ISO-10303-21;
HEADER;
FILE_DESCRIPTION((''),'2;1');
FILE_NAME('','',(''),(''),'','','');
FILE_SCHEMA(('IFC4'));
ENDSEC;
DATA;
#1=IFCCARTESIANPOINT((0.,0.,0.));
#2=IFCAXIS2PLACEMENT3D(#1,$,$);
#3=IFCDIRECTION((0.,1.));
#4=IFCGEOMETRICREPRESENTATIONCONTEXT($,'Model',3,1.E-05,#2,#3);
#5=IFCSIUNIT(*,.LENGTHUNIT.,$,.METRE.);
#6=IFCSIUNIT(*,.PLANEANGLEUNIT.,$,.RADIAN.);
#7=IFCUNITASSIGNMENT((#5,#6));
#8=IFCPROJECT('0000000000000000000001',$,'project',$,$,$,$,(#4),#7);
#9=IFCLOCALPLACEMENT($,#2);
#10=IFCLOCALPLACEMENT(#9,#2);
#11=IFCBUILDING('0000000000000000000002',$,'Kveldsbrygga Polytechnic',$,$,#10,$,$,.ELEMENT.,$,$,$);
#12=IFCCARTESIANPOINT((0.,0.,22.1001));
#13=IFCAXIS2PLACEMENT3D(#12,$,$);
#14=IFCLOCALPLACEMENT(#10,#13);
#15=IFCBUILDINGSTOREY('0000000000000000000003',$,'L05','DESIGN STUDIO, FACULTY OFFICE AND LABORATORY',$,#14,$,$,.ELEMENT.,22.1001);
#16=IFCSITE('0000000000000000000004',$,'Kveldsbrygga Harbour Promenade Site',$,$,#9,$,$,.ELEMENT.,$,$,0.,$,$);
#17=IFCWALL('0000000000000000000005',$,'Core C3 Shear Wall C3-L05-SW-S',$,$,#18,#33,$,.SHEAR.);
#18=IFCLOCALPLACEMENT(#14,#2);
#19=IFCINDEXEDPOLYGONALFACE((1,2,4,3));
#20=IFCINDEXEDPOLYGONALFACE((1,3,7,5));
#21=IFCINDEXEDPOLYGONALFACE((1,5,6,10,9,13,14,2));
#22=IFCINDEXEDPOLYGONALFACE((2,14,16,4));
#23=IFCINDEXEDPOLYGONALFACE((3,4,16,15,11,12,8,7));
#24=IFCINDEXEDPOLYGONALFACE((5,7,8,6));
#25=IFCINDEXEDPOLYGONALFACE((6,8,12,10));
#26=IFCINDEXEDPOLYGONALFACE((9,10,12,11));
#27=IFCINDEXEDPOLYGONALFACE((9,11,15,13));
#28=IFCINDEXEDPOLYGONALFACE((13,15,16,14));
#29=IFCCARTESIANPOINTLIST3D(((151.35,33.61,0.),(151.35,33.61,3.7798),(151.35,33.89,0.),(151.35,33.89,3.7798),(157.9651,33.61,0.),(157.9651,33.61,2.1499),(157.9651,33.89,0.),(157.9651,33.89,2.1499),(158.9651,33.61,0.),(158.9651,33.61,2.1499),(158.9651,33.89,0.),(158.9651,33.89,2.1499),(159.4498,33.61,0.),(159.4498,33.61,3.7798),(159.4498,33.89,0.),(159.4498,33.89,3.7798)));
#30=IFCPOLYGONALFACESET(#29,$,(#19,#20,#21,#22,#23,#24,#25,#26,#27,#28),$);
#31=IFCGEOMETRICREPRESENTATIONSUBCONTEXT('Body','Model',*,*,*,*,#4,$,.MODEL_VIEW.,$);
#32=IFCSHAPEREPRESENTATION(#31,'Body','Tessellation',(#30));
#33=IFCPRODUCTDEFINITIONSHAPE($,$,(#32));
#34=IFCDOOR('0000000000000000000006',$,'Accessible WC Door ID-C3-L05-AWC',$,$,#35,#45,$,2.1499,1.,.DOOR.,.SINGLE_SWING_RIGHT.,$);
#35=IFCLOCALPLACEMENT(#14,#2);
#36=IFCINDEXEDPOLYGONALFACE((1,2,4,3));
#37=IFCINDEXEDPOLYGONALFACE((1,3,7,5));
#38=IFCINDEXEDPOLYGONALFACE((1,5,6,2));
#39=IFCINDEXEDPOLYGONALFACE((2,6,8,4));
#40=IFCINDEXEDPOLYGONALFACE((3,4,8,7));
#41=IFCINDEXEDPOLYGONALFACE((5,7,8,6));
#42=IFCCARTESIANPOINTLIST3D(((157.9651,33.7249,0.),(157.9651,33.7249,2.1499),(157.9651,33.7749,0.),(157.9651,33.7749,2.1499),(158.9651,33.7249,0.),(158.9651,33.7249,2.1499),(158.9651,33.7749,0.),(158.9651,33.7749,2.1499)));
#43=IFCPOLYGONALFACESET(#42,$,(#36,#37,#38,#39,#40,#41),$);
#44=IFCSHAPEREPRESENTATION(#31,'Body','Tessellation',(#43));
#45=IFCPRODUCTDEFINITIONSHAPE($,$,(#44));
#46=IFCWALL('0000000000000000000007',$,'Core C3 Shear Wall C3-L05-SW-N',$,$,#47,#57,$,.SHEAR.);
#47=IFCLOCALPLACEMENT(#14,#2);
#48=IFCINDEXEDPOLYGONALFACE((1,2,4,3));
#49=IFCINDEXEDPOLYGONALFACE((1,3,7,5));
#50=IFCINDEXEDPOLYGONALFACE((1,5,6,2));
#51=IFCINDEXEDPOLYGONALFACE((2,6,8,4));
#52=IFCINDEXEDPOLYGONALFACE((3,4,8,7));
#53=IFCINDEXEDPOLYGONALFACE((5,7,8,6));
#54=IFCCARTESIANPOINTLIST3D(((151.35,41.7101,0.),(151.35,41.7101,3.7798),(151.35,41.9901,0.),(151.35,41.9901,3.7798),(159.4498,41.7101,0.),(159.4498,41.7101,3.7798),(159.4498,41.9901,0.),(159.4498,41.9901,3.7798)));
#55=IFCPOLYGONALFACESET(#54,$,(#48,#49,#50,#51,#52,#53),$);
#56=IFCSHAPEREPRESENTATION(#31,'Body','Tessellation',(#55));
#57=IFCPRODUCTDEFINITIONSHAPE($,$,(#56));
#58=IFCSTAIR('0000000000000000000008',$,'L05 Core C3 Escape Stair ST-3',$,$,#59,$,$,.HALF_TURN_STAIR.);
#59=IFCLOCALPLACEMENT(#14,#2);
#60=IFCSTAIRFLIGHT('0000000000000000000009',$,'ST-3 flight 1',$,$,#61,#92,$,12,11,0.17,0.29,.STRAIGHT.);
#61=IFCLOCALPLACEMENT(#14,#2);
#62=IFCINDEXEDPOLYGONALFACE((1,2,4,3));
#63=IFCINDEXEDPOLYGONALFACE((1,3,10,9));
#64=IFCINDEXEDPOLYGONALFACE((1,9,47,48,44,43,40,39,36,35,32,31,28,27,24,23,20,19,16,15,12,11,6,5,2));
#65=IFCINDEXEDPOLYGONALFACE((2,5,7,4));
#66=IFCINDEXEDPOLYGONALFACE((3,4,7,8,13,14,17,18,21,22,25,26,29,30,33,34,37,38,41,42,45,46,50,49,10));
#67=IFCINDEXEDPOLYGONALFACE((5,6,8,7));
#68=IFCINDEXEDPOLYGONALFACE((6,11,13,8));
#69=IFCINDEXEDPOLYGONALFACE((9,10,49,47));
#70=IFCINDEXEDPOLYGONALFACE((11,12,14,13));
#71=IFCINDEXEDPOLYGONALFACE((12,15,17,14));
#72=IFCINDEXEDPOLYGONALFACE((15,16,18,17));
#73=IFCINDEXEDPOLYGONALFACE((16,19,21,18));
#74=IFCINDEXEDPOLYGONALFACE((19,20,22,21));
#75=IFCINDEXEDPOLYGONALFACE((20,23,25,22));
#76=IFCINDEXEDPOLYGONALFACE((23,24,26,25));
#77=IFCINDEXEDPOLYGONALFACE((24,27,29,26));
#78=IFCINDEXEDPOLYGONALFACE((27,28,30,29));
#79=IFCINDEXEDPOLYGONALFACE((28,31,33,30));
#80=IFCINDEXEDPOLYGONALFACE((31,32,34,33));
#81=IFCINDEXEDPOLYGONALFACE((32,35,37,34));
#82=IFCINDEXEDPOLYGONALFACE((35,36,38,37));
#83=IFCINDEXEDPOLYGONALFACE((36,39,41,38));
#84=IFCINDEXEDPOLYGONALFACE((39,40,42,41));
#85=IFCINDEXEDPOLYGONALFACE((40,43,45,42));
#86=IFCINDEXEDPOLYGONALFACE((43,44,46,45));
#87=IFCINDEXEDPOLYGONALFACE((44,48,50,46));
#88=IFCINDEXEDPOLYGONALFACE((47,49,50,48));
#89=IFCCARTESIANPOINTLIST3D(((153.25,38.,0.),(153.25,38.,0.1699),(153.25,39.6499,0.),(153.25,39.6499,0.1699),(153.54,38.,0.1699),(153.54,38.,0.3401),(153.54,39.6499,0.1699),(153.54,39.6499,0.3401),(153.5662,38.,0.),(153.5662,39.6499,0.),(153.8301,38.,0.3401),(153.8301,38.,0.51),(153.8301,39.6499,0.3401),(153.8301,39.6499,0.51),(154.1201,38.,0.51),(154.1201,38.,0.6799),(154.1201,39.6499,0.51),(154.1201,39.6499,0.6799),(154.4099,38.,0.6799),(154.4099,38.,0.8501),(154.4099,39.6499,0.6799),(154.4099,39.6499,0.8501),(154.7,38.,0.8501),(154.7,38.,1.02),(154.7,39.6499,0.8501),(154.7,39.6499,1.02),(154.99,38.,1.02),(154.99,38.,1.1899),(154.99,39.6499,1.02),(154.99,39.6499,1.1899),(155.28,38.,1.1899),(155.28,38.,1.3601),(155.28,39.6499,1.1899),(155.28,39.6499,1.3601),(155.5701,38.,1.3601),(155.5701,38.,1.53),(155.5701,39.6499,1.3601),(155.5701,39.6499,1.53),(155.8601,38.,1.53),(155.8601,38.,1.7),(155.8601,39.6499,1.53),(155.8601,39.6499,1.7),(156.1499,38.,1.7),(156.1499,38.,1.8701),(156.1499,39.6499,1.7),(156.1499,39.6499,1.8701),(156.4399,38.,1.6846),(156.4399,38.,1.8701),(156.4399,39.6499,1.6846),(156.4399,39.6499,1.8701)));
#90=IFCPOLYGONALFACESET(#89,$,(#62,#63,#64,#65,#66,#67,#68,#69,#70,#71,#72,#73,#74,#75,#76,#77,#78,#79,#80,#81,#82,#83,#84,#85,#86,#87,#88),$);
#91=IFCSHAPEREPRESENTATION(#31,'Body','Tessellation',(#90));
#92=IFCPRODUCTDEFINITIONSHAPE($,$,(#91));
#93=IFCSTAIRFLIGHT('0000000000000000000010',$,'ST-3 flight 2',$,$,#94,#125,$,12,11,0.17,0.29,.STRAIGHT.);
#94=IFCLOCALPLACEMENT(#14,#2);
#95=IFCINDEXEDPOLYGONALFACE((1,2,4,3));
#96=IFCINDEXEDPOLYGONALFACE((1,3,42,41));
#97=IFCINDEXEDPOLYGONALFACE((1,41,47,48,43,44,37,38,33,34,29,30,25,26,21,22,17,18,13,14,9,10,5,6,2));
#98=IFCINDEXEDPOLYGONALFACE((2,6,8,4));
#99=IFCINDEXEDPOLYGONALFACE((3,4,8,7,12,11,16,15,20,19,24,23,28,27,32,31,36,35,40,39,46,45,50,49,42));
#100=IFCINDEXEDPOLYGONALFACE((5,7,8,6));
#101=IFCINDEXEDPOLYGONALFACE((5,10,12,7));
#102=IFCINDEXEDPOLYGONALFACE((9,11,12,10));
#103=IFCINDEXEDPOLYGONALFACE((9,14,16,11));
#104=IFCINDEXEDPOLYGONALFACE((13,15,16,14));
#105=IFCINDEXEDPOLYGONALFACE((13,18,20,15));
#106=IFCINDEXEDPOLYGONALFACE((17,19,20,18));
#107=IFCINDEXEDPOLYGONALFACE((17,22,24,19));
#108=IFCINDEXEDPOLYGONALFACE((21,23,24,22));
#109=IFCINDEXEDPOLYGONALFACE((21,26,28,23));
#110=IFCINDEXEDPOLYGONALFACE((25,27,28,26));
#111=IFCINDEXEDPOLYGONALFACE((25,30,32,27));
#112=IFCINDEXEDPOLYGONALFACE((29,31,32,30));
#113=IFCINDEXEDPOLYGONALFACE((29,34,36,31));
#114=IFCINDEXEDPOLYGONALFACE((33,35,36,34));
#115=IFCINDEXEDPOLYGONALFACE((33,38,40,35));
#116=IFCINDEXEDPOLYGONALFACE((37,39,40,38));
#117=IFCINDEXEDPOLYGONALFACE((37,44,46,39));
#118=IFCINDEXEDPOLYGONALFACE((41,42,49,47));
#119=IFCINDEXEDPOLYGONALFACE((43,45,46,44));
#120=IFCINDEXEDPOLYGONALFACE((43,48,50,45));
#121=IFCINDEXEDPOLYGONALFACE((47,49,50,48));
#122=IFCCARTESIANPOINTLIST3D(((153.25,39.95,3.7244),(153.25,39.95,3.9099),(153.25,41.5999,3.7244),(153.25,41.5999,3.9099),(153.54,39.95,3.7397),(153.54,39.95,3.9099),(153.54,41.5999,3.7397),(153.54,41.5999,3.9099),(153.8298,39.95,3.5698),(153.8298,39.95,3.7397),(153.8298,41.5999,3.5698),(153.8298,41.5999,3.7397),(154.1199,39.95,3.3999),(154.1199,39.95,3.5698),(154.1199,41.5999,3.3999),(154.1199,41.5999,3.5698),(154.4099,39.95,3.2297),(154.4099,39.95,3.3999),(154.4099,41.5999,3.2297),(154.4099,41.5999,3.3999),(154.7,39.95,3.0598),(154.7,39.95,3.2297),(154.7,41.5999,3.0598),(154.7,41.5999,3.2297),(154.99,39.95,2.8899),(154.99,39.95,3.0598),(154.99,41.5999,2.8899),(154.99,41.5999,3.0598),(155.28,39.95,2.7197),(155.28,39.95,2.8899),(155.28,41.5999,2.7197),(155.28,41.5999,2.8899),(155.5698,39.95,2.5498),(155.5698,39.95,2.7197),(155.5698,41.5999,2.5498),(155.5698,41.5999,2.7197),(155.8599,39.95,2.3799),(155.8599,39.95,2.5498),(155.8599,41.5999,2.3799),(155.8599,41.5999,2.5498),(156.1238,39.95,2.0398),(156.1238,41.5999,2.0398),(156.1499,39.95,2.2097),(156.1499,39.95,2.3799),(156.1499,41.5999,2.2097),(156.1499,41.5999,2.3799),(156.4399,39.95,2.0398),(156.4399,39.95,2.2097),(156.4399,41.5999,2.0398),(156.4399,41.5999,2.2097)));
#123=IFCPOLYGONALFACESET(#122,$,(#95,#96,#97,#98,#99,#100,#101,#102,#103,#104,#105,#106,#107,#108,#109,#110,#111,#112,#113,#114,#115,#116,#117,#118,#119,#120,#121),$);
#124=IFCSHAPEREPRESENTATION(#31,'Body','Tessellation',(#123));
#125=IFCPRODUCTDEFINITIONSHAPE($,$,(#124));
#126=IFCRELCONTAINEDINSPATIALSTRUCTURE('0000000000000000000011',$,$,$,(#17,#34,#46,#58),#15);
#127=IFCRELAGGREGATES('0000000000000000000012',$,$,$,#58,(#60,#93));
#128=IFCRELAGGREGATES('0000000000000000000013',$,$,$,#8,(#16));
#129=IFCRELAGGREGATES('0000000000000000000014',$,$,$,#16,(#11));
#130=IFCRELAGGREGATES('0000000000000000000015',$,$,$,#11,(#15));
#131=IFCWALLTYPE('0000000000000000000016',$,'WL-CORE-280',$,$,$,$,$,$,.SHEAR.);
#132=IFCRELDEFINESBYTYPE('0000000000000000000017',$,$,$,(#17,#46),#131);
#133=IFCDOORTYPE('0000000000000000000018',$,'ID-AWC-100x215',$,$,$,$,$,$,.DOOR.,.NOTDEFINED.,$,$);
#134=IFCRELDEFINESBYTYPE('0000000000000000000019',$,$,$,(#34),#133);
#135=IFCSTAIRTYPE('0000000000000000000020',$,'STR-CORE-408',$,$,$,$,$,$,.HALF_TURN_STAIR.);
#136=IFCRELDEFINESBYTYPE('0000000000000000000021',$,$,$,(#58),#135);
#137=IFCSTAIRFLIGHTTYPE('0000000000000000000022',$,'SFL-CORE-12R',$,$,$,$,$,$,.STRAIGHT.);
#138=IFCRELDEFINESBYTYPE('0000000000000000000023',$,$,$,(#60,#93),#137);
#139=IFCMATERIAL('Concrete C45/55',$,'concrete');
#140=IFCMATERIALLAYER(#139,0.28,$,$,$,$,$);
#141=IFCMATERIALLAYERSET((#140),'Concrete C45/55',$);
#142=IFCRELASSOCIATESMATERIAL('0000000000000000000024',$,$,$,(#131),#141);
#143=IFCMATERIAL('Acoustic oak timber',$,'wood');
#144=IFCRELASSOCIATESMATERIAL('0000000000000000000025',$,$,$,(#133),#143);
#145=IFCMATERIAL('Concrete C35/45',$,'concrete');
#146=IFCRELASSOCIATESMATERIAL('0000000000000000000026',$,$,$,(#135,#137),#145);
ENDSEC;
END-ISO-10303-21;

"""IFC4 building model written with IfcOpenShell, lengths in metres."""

from ifc_helpers import new_model, si_unit, direction, frame, frame_2d, origin, place, context, subcontext, project, spatial, polyline, rectangle, outline, extrude, material, layer, layer_set, type_object, element, fill, aggregate, save


model = new_model("IFC4")

# Units and contexts
model_context = context("Model", 3, precision=1e-05, world=origin(), true_north=direction((0.0, 1.0)))
body_context = subcontext(model_context, "Body", "Model", "MODEL_VIEW")
ifc_project = project(units=[si_unit("LENGTHUNIT", "METRE"), si_unit("PLANEANGLEUNIT", "RADIAN")], contexts=[model_context])

# Site, building, storey
site_placement = place(None, origin())
site = spatial("IfcSite", under=ifc_project, at=site_placement, Name="Kveldsbrygga Harbour Promenade Site", CompositionType="ELEMENT", RefElevation=0.0)
building_placement = place(site_placement, origin())
building = spatial("IfcBuilding", under=site, at=building_placement, Name="Kveldsbrygga Polytechnic", CompositionType="ELEMENT")
storey_placement = place(building_placement, frame((0.0, 0.0, 22.1001)))
storey = spatial("IfcBuildingStorey", under=building, at=storey_placement, Name="L05", Description="DESIGN STUDIO, FACULTY OFFICE AND LABORATORY", CompositionType="ELEMENT", Elevation=22.1001)

# Shared definitions
ifc_material_1 = material(Name="Concrete C45/55", Category="concrete")

# Shared definitions
ifc_material_2 = material(Name="Concrete C35/45", Category="concrete")

# Wall, opening, door
ifc_layer_1 = layer(ifc_material_1, 0.28)
ifc_layer_set_1 = layer_set([ifc_layer_1], Name="Concrete C45/55")
wall_type_1 = type_object("IfcWallType", Name="WL-CORE-280", PredefinedType="SHEAR", material=ifc_layer_set_1)
wall_1_placement = place(storey_placement, frame((151.3501, 33.75, 0.0), z_axis=(0.0, 0.0, 1.0), x_axis=(1.0, 0.0, 0.0)))
wall_1 = element("IfcWall", 1, at=wall_1_placement, inside=storey, type_object=wall_type_1, Name="Core C3 Shear Wall C3-L05-SW-S", PredefinedType="SHEAR", context=body_context, shape_type="SweptSolid", body=[
    extrude(rectangle(XDim=8.0999, YDim=0.28, at=frame_2d((4.0498, 0.0))), origin(), (0.0, 0.0, 1.0), 3.7798),
])
opening_1_placement = place(wall_1_placement, frame((6.615, 0.0, 0.0)))
opening_1 = element("IfcOpeningElement", 2, at=opening_1_placement, cuts=wall_1, PredefinedType="OPENING", context=body_context, shape_type="SweptSolid", body=[
    extrude(rectangle(XDim=1.0, YDim=2.1499, at=frame_2d((0.5, 1.075))), frame((0.0, 0.1499, 0.0), z_axis=(0.0, -1.0, 0.0), x_axis=(1.0, 0.0, 0.0)), (0.0, 0.0, 1.0), 0.3),
])
ifc_material_3 = material(Name="Acoustic oak timber", Category="wood")
door_type_1 = type_object("IfcDoorType", Name="ID-AWC-100x215", OperationType="NOTDEFINED", PredefinedType="DOOR", material=ifc_material_3)
door_1_placement = place(opening_1_placement, origin())
door_1 = element("IfcDoor", 3, at=door_1_placement, inside=storey, type_object=door_type_1, Name="Accessible WC Door ID-C3-L05-AWC", OperationType="SINGLE_SWING_RIGHT", OverallHeight=2.1499, OverallWidth=1.0, PredefinedType="DOOR", context=body_context, shape_type="SweptSolid", body=[
    extrude(rectangle(XDim=1.0, YDim=2.1499, at=frame_2d((0.5, 1.075))), frame((0.0, 0.0249, 0.0), z_axis=(0.0, -1.0, 0.0), x_axis=(1.0, 0.0, 0.0)), (0.0, 0.0, 1.0), 0.05),
])
fill(opening_1, door_1)

# Wall
wall_2_placement = place(storey_placement, frame((151.3501, 41.8501, 0.0), z_axis=(0.0, 0.0, 1.0), x_axis=(1.0, 0.0, 0.0)))
element("IfcWall", 4, at=wall_2_placement, inside=storey, type_object=wall_type_1, Name="Core C3 Shear Wall C3-L05-SW-N", PredefinedType="SHEAR", context=body_context, shape_type="SweptSolid", body=[
    extrude(rectangle(XDim=8.0999, YDim=0.28, at=frame_2d((4.0498, 0.0))), origin(), (0.0, 0.0, 1.0), 3.7798),
])

# Stair, stair flights
stair_type = type_object("IfcStairType", Name="STR-CORE-408", PredefinedType="HALF_TURN_STAIR", material=ifc_material_2)
stair_placement = place(storey_placement, origin())
stair = element("IfcStair", 5, at=stair_placement, inside=storey, type_object=stair_type, Name="L05 Core C3 Escape Stair ST-3", PredefinedType="HALF_TURN_STAIR")
stair_flight_type = type_object("IfcStairFlightType", Name="SFL-CORE-12R", PredefinedType="STRAIGHT", material=ifc_material_2)
stair_flight_1_placement = place(storey_placement, frame((153.25, 38.825, 0.0), z_axis=(0.0, 0.0, 1.0), x_axis=(1.0, 0.0, 0.0)))
stair_flight_1 = element("IfcStairFlight", 6, at=stair_flight_1_placement, type_object=stair_flight_type, Name="ST-3 flight 1", NumberOfRisers=12, NumberOfTreads=11, PredefinedType="STRAIGHT", RiserHeight=0.17, TreadLength=0.29, context=body_context, shape_type="SweptSolid", body=[
    extrude(outline(polyline([(0.0, 0.0), (0.0, 0.1699), (0.29, 0.1699), (0.29, 0.3401), (0.5801, 0.3401), (0.5801, 0.51), (0.8701, 0.51), (0.8701, 0.6799), (1.1599, 0.6799), (1.1599, 0.8501), (1.45, 0.8501), (1.45, 1.02), (1.74, 1.02), (1.74, 1.1899), (2.03, 1.1899), (2.03, 1.3601), (2.3201, 1.3601), (2.3201, 1.53), (2.6101, 1.53), (2.6101, 1.7), (2.8999, 1.7), (2.8999, 1.8701), (3.1899, 1.8701), (3.1899, 2.04), (3.1899, 1.6846), (0.3162, 0.0), (0.0, 0.0)])), frame((0.0, 0.825, 0.0), z_axis=(0.0, -1.0, 0.0), x_axis=(1.0, 0.0, 0.0)), (0.0, 0.0, 1.0), 1.6499),
])
stair_flight_2_placement = place(storey_placement, frame((156.4399, 40.7749, 2.0398), z_axis=(0.0, 0.0, 1.0), x_axis=(-1.0, 0.0, 0.0)))
stair_flight_2 = element("IfcStairFlight", 7, at=stair_flight_2_placement, type_object=stair_flight_type, Name="ST-3 flight 2", NumberOfRisers=12, NumberOfTreads=11, PredefinedType="STRAIGHT", RiserHeight=0.17, TreadLength=0.29, context=body_context, shape_type="SweptSolid", body=[
    extrude(outline(polyline([(0.0, 0.0), (0.0, 0.1699), (0.29, 0.1699), (0.29, 0.3401), (0.5801, 0.3401), (0.5801, 0.51), (0.8701, 0.51), (0.8701, 0.6799), (1.1599, 0.6799), (1.1599, 0.8501), (1.45, 0.8501), (1.45, 1.02), (1.74, 1.02), (1.74, 1.1899), (2.03, 1.1899), (2.03, 1.3601), (2.3201, 1.3601), (2.3201, 1.53), (2.6101, 1.53), (2.6101, 1.7), (2.8999, 1.7), (2.8999, 1.8701), (3.1899, 1.8701), (3.1899, 2.04), (3.1899, 1.6846), (0.3162, 0.0), (0.0, 0.0)])), frame((0.0, 0.825, 0.0), z_axis=(0.0, -1.0, 0.0), x_axis=(1.0, 0.0, 0.0)), (0.0, 0.0, 1.0), 1.6499),
])
aggregate(stair, [stair_flight_1, stair_flight_2])

save(model, "model.ifc")
